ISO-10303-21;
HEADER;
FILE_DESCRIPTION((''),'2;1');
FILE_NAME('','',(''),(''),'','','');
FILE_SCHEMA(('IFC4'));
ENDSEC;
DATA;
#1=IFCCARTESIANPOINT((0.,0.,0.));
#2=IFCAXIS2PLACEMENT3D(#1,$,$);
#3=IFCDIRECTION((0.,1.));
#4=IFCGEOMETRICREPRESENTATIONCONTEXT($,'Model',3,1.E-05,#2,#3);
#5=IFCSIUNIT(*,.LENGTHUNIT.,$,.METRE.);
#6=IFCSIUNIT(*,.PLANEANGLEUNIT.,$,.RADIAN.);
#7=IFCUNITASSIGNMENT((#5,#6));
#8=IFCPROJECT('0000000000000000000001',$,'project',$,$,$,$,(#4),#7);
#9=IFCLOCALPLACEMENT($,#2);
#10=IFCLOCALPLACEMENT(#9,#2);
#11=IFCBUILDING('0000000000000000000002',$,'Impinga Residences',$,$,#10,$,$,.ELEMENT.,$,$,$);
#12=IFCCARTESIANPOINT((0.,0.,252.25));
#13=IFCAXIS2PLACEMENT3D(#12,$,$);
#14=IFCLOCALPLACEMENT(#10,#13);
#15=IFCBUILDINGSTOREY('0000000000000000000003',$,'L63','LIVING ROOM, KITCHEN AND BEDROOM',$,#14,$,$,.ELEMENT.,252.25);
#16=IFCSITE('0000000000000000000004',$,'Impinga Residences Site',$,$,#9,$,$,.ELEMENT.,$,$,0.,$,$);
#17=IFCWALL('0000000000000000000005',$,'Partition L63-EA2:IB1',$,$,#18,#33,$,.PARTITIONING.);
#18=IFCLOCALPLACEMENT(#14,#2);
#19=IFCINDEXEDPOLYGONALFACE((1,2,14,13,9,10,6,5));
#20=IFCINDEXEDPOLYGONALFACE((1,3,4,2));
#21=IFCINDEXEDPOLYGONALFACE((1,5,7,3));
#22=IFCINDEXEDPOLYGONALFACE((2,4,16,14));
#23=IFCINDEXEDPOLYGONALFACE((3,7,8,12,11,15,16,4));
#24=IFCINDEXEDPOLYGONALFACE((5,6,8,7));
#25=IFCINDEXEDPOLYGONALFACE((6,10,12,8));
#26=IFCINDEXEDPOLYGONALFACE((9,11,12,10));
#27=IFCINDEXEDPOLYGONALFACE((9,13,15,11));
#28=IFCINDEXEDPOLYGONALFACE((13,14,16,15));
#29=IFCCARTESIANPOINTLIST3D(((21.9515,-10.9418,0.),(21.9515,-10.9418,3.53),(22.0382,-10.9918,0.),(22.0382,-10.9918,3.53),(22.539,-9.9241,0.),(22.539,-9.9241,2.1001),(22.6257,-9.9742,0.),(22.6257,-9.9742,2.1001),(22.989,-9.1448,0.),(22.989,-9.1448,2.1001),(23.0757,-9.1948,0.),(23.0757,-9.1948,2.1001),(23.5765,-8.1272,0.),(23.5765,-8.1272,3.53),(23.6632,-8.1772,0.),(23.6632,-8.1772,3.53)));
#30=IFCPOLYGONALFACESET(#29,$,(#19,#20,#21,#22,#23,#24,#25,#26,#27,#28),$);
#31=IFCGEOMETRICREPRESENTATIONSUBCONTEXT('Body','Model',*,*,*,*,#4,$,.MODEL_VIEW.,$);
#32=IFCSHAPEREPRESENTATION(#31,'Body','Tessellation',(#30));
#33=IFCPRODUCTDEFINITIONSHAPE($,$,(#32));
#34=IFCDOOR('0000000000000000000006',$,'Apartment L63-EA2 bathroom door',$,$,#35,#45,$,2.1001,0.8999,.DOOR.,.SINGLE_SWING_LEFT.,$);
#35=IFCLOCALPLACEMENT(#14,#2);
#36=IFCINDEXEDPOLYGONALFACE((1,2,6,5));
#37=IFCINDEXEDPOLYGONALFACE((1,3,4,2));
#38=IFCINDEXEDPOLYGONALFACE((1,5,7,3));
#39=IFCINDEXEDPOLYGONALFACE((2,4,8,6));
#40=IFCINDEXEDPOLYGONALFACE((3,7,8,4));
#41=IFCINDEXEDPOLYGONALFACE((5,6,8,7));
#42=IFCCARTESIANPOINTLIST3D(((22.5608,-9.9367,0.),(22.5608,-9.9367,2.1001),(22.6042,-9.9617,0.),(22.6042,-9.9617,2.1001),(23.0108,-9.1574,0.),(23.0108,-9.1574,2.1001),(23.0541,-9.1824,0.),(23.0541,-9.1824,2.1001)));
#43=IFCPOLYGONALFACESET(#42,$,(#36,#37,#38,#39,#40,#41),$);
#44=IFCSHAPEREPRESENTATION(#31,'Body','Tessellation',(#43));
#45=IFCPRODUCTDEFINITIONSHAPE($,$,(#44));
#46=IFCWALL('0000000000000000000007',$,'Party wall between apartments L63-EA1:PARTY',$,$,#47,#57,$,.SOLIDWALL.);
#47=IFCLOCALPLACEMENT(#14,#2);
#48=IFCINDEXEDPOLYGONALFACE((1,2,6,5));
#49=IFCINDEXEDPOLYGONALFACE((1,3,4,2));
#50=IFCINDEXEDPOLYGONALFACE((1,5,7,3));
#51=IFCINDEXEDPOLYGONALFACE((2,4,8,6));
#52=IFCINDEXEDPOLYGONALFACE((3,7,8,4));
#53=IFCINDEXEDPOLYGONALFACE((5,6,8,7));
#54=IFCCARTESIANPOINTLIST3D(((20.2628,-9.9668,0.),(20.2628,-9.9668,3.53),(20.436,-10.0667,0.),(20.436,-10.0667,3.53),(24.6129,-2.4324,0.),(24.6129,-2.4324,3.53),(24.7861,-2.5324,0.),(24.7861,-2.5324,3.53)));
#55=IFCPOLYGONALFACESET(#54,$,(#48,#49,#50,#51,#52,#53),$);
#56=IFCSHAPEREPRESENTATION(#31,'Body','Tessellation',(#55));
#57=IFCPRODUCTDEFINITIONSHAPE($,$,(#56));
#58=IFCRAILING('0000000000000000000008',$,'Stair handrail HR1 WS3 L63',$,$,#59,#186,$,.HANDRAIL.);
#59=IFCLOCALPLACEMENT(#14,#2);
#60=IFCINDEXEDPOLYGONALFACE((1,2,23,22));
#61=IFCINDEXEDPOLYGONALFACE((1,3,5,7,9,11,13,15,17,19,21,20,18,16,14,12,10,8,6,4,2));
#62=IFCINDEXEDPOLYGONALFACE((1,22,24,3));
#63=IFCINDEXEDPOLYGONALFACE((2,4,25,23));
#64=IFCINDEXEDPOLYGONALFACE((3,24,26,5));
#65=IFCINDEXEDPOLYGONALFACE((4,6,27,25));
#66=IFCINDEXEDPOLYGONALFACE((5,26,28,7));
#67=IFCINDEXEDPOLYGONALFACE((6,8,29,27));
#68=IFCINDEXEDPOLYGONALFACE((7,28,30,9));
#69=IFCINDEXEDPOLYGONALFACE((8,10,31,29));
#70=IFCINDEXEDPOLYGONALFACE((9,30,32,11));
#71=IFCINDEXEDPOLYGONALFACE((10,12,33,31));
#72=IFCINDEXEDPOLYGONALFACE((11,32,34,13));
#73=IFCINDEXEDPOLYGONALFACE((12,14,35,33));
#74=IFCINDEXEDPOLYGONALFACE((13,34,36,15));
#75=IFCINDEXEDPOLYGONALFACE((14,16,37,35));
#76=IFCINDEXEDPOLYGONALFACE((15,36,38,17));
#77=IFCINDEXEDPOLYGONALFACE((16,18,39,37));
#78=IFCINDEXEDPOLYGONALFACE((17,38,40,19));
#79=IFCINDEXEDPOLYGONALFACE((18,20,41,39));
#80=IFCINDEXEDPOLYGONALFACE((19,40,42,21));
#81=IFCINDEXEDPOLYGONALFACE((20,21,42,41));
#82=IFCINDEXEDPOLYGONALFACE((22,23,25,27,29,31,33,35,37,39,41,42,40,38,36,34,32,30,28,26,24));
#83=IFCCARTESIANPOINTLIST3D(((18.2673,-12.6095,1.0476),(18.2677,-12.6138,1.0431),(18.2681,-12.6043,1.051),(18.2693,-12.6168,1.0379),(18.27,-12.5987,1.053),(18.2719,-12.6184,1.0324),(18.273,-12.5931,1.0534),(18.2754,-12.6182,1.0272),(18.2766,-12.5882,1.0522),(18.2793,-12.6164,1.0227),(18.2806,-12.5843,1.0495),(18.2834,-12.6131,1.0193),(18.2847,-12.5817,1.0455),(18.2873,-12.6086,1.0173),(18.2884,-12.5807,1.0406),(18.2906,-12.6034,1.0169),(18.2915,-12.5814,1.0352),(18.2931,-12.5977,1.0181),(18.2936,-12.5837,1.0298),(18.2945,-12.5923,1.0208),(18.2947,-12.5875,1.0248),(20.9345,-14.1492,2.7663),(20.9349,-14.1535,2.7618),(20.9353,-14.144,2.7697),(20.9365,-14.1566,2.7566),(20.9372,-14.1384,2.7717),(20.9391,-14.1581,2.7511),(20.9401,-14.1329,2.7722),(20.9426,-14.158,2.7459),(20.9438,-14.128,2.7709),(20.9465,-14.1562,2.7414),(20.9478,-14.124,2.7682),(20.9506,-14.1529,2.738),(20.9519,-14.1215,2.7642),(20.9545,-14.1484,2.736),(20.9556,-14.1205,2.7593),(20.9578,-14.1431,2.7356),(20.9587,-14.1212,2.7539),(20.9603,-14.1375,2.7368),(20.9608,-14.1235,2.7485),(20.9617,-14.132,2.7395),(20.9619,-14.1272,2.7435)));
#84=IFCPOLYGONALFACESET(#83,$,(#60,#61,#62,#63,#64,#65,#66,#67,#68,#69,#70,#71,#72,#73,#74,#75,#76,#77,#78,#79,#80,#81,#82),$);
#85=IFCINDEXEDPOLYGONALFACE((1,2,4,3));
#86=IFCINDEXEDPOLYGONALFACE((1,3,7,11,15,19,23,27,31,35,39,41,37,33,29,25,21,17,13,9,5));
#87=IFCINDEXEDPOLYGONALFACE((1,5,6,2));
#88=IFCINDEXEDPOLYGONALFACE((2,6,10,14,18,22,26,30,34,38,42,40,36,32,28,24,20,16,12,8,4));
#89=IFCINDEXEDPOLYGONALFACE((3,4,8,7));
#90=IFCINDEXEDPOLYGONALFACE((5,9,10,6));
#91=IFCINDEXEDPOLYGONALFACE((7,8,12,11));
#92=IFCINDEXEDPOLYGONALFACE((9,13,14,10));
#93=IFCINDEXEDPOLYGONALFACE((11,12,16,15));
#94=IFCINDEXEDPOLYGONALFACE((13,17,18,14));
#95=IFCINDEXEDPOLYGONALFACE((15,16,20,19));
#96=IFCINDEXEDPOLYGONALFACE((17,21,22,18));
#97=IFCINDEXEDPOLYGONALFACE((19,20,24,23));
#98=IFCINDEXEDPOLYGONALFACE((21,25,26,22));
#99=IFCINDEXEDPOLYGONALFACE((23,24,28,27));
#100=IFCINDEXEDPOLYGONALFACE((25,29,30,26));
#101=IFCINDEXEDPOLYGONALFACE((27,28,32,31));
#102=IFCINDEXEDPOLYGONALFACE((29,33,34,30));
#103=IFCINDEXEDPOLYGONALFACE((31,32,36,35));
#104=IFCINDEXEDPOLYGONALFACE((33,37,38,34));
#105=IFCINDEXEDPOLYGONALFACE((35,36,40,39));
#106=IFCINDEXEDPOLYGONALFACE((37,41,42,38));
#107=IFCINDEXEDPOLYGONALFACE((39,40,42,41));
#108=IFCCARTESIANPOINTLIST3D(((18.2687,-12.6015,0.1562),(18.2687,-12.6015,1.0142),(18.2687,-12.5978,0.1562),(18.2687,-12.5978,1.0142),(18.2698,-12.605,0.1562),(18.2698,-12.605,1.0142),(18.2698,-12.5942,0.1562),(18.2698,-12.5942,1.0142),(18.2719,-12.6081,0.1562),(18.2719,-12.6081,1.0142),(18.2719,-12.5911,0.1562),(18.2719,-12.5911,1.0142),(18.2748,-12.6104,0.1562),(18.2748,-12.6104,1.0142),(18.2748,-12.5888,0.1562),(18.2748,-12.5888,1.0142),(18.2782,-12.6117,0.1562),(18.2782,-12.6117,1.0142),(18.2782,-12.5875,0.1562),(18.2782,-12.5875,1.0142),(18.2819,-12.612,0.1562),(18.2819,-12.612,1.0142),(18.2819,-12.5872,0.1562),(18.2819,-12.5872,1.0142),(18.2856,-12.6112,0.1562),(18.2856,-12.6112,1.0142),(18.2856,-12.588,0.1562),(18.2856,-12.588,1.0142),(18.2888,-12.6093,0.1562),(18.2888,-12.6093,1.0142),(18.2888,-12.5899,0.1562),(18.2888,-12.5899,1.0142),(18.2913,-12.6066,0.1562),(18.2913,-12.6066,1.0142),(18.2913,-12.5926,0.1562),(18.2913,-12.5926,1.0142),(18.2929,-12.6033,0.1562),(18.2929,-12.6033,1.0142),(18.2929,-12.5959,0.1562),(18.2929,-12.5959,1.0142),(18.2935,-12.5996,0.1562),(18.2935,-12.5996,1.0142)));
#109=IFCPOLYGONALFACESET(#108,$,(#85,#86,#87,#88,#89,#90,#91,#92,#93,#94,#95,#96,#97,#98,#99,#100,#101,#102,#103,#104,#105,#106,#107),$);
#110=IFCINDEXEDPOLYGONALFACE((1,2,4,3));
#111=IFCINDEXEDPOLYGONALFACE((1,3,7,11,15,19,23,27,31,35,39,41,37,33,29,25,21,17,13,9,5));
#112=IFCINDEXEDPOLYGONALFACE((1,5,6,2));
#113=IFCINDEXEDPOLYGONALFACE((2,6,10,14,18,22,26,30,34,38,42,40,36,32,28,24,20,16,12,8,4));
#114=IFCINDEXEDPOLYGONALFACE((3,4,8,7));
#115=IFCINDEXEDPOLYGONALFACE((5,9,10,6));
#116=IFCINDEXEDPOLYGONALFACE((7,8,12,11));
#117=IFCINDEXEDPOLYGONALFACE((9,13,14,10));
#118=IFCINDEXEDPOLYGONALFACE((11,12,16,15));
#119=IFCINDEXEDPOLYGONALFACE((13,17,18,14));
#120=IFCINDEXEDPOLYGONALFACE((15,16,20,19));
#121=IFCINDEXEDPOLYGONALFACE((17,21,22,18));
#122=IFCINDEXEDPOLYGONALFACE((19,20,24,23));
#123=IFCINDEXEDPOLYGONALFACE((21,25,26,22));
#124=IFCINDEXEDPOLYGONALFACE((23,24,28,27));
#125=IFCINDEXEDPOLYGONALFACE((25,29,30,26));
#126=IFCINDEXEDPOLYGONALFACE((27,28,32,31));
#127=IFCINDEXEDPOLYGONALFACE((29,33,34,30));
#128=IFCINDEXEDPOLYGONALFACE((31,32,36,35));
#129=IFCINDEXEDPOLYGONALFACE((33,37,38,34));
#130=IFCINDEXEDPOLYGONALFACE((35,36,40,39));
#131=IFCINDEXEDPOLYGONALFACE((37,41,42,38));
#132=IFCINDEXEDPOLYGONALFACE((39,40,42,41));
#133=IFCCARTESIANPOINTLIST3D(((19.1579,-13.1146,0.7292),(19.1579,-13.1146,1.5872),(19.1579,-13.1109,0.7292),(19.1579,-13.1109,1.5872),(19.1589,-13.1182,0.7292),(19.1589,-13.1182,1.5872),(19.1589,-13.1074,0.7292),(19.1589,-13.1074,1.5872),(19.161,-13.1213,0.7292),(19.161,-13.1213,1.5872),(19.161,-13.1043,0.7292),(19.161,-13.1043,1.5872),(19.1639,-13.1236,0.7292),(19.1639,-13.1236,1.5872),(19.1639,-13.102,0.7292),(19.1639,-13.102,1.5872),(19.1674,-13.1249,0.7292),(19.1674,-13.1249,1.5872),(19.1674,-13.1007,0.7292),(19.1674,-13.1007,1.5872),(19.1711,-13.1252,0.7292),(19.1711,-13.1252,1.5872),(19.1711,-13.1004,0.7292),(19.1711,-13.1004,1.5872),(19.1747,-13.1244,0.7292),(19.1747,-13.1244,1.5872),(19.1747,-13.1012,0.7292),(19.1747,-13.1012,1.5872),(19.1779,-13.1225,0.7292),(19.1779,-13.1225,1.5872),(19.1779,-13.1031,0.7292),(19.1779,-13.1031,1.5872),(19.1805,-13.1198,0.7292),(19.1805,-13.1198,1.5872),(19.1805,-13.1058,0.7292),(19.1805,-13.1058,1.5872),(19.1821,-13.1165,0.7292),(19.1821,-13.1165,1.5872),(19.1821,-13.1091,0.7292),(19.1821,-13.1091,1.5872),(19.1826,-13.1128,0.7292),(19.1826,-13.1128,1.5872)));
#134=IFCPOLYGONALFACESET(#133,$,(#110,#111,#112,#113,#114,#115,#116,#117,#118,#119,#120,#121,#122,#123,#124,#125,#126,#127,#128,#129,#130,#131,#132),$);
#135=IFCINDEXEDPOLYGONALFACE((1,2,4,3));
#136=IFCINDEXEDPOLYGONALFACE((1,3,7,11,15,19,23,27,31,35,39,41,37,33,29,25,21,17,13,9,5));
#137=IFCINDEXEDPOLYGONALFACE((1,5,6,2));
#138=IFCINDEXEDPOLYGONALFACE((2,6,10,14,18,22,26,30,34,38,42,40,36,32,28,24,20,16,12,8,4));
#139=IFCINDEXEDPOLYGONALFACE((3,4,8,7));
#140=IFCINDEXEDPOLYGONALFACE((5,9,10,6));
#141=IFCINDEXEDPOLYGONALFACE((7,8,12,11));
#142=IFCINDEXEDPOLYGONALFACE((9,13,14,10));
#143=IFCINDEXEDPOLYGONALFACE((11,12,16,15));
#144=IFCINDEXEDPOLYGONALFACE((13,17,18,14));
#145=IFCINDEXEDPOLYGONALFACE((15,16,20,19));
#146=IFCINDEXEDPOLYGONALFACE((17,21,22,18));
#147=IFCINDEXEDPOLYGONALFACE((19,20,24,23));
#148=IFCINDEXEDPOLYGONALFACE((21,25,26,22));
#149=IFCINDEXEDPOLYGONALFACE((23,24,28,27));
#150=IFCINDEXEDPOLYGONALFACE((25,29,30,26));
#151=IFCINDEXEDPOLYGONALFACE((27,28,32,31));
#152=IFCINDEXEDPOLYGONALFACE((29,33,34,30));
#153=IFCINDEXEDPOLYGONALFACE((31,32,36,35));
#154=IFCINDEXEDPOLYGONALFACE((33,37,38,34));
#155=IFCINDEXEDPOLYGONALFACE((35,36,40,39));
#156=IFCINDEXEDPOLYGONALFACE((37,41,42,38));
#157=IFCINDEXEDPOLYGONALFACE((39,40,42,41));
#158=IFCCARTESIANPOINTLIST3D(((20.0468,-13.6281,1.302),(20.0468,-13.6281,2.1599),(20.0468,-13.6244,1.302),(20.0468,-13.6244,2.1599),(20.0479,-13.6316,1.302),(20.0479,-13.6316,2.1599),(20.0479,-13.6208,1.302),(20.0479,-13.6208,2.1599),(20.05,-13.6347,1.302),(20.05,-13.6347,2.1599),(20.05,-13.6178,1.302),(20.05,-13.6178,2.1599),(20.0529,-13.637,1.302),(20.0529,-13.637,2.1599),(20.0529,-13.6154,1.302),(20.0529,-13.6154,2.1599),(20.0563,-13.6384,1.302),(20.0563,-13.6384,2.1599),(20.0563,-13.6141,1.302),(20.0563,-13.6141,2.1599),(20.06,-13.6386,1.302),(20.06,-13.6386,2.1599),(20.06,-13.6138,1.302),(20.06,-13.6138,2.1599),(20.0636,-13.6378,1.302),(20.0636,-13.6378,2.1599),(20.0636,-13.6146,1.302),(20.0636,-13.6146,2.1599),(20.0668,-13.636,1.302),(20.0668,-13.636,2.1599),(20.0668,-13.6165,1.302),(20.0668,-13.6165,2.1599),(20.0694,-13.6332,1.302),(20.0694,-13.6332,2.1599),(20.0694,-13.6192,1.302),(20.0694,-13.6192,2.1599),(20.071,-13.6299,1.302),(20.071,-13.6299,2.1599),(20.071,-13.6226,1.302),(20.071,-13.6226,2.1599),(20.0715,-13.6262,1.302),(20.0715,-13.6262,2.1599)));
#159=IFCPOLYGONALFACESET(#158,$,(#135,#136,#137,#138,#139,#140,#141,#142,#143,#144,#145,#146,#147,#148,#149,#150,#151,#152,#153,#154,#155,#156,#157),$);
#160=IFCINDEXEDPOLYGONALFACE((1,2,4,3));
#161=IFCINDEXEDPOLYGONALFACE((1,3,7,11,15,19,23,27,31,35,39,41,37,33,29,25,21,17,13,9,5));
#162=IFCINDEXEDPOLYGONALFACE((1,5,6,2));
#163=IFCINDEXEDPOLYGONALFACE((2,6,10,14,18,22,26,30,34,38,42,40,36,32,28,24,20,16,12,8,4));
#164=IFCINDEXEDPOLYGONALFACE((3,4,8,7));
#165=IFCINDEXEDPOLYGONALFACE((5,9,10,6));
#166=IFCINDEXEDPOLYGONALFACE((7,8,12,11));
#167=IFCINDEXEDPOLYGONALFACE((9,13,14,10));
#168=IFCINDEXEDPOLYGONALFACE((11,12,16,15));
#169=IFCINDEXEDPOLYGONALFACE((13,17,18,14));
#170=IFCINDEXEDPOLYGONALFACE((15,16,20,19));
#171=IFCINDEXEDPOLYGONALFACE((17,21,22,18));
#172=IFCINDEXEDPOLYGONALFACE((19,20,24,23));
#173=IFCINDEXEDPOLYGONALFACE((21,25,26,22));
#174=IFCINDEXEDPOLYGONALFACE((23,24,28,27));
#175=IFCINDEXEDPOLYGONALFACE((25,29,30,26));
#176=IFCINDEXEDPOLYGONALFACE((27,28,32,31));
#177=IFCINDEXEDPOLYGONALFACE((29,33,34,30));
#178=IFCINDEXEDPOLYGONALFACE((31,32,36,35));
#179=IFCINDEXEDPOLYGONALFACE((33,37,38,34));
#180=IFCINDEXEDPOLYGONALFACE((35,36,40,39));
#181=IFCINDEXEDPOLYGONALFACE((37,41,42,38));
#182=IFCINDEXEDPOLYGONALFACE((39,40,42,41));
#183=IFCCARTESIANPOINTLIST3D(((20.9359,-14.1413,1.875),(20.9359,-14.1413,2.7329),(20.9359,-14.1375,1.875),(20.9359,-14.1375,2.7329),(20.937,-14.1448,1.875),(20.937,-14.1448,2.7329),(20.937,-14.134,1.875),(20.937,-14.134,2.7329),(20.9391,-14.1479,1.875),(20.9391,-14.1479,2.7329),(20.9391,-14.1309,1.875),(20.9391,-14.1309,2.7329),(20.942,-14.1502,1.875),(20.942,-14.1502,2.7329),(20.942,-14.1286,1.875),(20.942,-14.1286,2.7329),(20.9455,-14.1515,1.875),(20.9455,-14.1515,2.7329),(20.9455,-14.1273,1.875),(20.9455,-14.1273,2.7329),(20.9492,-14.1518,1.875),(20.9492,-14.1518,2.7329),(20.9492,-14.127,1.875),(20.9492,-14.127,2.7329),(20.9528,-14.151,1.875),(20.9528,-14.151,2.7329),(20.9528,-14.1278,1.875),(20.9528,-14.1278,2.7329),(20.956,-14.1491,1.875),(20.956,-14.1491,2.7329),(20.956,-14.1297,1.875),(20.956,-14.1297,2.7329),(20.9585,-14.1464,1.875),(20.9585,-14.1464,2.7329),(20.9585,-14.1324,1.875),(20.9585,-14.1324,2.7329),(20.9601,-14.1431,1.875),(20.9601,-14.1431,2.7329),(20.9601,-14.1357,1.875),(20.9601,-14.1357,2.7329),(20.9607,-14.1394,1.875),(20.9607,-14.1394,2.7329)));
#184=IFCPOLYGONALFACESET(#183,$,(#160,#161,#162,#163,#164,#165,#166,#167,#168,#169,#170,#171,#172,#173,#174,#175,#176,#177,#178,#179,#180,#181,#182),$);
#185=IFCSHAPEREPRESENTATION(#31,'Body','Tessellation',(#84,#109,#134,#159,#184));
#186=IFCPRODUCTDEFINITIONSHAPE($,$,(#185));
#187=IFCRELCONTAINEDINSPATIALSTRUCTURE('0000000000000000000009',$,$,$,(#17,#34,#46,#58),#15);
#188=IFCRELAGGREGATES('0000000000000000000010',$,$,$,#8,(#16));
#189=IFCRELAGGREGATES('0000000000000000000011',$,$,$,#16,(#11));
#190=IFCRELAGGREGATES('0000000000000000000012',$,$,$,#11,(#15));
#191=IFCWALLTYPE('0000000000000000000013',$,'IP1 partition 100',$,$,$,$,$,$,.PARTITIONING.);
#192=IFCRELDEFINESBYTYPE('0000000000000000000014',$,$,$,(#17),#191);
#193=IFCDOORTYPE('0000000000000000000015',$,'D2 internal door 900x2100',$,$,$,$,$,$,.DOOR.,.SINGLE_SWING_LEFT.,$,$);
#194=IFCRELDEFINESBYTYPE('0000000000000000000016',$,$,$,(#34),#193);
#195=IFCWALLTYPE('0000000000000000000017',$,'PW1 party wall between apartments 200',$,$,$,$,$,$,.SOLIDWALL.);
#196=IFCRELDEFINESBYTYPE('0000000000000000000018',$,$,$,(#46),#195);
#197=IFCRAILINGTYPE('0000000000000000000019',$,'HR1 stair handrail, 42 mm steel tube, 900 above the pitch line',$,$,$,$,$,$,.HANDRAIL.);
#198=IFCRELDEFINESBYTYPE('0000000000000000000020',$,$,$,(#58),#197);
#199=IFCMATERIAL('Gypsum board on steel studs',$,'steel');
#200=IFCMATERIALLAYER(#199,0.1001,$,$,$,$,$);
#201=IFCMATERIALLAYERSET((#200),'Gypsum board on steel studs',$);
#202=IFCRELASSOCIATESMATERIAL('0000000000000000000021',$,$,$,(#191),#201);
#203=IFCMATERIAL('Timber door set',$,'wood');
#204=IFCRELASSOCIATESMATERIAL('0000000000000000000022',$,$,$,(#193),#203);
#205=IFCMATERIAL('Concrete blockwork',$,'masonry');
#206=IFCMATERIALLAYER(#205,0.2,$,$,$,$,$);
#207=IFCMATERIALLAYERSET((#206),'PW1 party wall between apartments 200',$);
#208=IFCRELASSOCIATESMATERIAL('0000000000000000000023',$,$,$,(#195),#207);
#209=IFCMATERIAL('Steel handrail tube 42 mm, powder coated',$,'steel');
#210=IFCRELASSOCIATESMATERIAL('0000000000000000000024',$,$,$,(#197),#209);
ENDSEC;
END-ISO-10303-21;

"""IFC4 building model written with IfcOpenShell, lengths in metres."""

from ifc_helpers import new_model, si_unit, direction, frame, frame_2d, origin, origin_2d, place, context, subcontext, project, spatial, rectangle, circle, extrude, material, layer, layer_set, type_object, element, fill, save


model = new_model("IFC4")

# Units and contexts
model_context = context("Model", 3, precision=1e-05, world=origin(), true_north=direction((0.0, 1.0)))
body_context = subcontext(model_context, "Body", "Model", "MODEL_VIEW")
ifc_project = project(units=[si_unit("LENGTHUNIT", "METRE"), si_unit("PLANEANGLEUNIT", "RADIAN")], contexts=[model_context])

# Site, building, storey
site_placement = place(None, origin())
site = spatial("IfcSite", under=ifc_project, at=site_placement, Name="Impinga Residences Site", CompositionType="ELEMENT", RefElevation=0.0)
building_placement = place(site_placement, origin())
building = spatial("IfcBuilding", under=site, at=building_placement, Name="Impinga Residences", CompositionType="ELEMENT")
storey_placement = place(building_placement, frame((0.0, 0.0, 252.25)))
storey = spatial("IfcBuildingStorey", under=building, at=storey_placement, Name="L63", Description="LIVING ROOM, KITCHEN AND BEDROOM", CompositionType="ELEMENT", Elevation=252.25)

# Shared definitions
ifc_material_1 = material(Name="Concrete blockwork", Category="masonry")
ifc_material_2 = material(Name="Timber door set", Category="wood")

# Shared definitions
ifc_material_3 = material(Name="Gypsum board on steel studs", Category="steel")
ifc_layer_1 = layer(ifc_material_3, 0.1001)
ifc_layer_set_1 = layer_set([ifc_layer_1], Name="Gypsum board on steel studs")
wall_type_1 = type_object("IfcWallType", Name="IP1 partition 100", PredefinedType="PARTITIONING", material=ifc_layer_set_1)

# Shared definitions
door_type_1 = type_object("IfcDoorType", Name="D2 internal door 900x2100", OperationType="SINGLE_SWING_LEFT", PredefinedType="DOOR", material=ifc_material_2)

# Wall, opening, door
wall_1_placement = place(storey_placement, frame((21.9949, -10.9668, 0.0), z_axis=(0.0, 0.0, 1.0), x_axis=(0.499985, 0.866034, 0.0)))
wall_1 = element("IfcWall", 1, at=wall_1_placement, inside=storey, type_object=wall_type_1, Name="Partition L63-EA2:IB1", PredefinedType="PARTITIONING", context=body_context, shape_type="SweptSolid", body=[
    extrude(rectangle(XDim=3.25, YDim=0.1001, at=frame_2d((1.625, 0.0))), origin(), (0.0, 0.0, 1.0), 3.53),
])
opening_1_placement = place(wall_1_placement, frame((1.175, 0.0, 0.0)))
opening_1 = element("IfcOpeningElement", 2, at=opening_1_placement, cuts=wall_1, PredefinedType="OPENING", context=body_context, shape_type="SweptSolid", body=[
    extrude(rectangle(XDim=0.8999, YDim=2.1001, at=frame_2d((0.45, 1.05))), frame((0.0, 0.0601, 0.0), z_axis=(0.0, -1.0, 0.0), x_axis=(1.0, 0.0, 0.0)), (0.0, 0.0, 1.0), 0.1201),
])
door_1_placement = place(opening_1_placement, origin())
door_1 = element("IfcDoor", 3, at=door_1_placement, inside=storey, type_object=door_type_1, Name="Apartment L63-EA2 bathroom door", OperationType="SINGLE_SWING_LEFT", OverallHeight=2.1001, OverallWidth=0.8999, PredefinedType="DOOR", context=body_context, shape_type="SweptSolid", body=[
    extrude(rectangle(XDim=0.8999, YDim=2.1001, at=frame_2d((0.45, 1.05))), frame((0.0, 0.0249, 0.0), z_axis=(0.0, -1.0, 0.0), x_axis=(1.0, 0.0, 0.0)), (0.0, 0.0, 1.0), 0.05),
])
fill(opening_1, door_1)

# Wall
ifc_layer_2 = layer(ifc_material_1, 0.2)
ifc_layer_set_2 = layer_set([ifc_layer_2], Name="PW1 party wall between apartments 200")
wall_type_2 = type_object("IfcWallType", Name="PW1 party wall between apartments 200", PredefinedType="SOLIDWALL", material=ifc_layer_set_2)
wall_2_placement = place(storey_placement, frame((20.3494, -10.0168, 0.0), z_axis=(0.0, 0.0, 1.0), x_axis=(0.500008, 0.866021, 0.0)))
element("IfcWall", 4, at=wall_2_placement, inside=storey, type_object=wall_type_2, Name="Party wall between apartments L63-EA1:PARTY", PredefinedType="SOLIDWALL", context=body_context, shape_type="SweptSolid", body=[
    extrude(rectangle(XDim=8.7, YDim=0.2, at=frame_2d((4.3501, 0.0))), origin(), (0.0, 0.0, 1.0), 3.53),
])

# Railing
ifc_material_4 = material(Name="Steel handrail tube 42 mm, powder coated", Category="steel")
railing_type = type_object("IfcRailingType", Name="HR1 stair handrail, 42 mm steel tube, 900 above the pitch line", PredefinedType="HANDRAIL", material=ifc_material_4)
railing_placement = place(storey_placement, frame((18.281, -12.5996, 0.1562)))
element("IfcRailing", 5, at=railing_placement, inside=storey, type_object=railing_type, Name="Stair handrail HR1 WS3 L63", PredefinedType="HANDRAIL", context=body_context, shape_type="SweptSolid", body=[
    extrude(circle(Radius=0.021, at=origin_2d()), frame((0.0, 0.0, 0.8789), z_axis=(0.756249, -0.436582, 0.487322), x_axis=(0.499967, 0.866044, 0.0)), (0.0, 0.0, 1.0), 3.5269),
    extrude(circle(Radius=0.0125, at=origin_2d()), origin(), (0.0, 0.0, 1.0), 0.8579),
    extrude(circle(Radius=0.0125, at=origin_2d()), frame((0.8892, -0.5132, 0.573)), (0.0, 0.0, 1.0), 0.8579),
    extrude(circle(Radius=0.0125, at=origin_2d()), frame((1.7781, -1.0266, 1.1458)), (0.0, 0.0, 1.0), 0.8579),
    extrude(circle(Radius=0.0125, at=origin_2d()), frame((2.6672, -1.5398, 1.7188)), (0.0, 0.0, 1.0), 0.8579),
])

save(model, "model.ifc")
